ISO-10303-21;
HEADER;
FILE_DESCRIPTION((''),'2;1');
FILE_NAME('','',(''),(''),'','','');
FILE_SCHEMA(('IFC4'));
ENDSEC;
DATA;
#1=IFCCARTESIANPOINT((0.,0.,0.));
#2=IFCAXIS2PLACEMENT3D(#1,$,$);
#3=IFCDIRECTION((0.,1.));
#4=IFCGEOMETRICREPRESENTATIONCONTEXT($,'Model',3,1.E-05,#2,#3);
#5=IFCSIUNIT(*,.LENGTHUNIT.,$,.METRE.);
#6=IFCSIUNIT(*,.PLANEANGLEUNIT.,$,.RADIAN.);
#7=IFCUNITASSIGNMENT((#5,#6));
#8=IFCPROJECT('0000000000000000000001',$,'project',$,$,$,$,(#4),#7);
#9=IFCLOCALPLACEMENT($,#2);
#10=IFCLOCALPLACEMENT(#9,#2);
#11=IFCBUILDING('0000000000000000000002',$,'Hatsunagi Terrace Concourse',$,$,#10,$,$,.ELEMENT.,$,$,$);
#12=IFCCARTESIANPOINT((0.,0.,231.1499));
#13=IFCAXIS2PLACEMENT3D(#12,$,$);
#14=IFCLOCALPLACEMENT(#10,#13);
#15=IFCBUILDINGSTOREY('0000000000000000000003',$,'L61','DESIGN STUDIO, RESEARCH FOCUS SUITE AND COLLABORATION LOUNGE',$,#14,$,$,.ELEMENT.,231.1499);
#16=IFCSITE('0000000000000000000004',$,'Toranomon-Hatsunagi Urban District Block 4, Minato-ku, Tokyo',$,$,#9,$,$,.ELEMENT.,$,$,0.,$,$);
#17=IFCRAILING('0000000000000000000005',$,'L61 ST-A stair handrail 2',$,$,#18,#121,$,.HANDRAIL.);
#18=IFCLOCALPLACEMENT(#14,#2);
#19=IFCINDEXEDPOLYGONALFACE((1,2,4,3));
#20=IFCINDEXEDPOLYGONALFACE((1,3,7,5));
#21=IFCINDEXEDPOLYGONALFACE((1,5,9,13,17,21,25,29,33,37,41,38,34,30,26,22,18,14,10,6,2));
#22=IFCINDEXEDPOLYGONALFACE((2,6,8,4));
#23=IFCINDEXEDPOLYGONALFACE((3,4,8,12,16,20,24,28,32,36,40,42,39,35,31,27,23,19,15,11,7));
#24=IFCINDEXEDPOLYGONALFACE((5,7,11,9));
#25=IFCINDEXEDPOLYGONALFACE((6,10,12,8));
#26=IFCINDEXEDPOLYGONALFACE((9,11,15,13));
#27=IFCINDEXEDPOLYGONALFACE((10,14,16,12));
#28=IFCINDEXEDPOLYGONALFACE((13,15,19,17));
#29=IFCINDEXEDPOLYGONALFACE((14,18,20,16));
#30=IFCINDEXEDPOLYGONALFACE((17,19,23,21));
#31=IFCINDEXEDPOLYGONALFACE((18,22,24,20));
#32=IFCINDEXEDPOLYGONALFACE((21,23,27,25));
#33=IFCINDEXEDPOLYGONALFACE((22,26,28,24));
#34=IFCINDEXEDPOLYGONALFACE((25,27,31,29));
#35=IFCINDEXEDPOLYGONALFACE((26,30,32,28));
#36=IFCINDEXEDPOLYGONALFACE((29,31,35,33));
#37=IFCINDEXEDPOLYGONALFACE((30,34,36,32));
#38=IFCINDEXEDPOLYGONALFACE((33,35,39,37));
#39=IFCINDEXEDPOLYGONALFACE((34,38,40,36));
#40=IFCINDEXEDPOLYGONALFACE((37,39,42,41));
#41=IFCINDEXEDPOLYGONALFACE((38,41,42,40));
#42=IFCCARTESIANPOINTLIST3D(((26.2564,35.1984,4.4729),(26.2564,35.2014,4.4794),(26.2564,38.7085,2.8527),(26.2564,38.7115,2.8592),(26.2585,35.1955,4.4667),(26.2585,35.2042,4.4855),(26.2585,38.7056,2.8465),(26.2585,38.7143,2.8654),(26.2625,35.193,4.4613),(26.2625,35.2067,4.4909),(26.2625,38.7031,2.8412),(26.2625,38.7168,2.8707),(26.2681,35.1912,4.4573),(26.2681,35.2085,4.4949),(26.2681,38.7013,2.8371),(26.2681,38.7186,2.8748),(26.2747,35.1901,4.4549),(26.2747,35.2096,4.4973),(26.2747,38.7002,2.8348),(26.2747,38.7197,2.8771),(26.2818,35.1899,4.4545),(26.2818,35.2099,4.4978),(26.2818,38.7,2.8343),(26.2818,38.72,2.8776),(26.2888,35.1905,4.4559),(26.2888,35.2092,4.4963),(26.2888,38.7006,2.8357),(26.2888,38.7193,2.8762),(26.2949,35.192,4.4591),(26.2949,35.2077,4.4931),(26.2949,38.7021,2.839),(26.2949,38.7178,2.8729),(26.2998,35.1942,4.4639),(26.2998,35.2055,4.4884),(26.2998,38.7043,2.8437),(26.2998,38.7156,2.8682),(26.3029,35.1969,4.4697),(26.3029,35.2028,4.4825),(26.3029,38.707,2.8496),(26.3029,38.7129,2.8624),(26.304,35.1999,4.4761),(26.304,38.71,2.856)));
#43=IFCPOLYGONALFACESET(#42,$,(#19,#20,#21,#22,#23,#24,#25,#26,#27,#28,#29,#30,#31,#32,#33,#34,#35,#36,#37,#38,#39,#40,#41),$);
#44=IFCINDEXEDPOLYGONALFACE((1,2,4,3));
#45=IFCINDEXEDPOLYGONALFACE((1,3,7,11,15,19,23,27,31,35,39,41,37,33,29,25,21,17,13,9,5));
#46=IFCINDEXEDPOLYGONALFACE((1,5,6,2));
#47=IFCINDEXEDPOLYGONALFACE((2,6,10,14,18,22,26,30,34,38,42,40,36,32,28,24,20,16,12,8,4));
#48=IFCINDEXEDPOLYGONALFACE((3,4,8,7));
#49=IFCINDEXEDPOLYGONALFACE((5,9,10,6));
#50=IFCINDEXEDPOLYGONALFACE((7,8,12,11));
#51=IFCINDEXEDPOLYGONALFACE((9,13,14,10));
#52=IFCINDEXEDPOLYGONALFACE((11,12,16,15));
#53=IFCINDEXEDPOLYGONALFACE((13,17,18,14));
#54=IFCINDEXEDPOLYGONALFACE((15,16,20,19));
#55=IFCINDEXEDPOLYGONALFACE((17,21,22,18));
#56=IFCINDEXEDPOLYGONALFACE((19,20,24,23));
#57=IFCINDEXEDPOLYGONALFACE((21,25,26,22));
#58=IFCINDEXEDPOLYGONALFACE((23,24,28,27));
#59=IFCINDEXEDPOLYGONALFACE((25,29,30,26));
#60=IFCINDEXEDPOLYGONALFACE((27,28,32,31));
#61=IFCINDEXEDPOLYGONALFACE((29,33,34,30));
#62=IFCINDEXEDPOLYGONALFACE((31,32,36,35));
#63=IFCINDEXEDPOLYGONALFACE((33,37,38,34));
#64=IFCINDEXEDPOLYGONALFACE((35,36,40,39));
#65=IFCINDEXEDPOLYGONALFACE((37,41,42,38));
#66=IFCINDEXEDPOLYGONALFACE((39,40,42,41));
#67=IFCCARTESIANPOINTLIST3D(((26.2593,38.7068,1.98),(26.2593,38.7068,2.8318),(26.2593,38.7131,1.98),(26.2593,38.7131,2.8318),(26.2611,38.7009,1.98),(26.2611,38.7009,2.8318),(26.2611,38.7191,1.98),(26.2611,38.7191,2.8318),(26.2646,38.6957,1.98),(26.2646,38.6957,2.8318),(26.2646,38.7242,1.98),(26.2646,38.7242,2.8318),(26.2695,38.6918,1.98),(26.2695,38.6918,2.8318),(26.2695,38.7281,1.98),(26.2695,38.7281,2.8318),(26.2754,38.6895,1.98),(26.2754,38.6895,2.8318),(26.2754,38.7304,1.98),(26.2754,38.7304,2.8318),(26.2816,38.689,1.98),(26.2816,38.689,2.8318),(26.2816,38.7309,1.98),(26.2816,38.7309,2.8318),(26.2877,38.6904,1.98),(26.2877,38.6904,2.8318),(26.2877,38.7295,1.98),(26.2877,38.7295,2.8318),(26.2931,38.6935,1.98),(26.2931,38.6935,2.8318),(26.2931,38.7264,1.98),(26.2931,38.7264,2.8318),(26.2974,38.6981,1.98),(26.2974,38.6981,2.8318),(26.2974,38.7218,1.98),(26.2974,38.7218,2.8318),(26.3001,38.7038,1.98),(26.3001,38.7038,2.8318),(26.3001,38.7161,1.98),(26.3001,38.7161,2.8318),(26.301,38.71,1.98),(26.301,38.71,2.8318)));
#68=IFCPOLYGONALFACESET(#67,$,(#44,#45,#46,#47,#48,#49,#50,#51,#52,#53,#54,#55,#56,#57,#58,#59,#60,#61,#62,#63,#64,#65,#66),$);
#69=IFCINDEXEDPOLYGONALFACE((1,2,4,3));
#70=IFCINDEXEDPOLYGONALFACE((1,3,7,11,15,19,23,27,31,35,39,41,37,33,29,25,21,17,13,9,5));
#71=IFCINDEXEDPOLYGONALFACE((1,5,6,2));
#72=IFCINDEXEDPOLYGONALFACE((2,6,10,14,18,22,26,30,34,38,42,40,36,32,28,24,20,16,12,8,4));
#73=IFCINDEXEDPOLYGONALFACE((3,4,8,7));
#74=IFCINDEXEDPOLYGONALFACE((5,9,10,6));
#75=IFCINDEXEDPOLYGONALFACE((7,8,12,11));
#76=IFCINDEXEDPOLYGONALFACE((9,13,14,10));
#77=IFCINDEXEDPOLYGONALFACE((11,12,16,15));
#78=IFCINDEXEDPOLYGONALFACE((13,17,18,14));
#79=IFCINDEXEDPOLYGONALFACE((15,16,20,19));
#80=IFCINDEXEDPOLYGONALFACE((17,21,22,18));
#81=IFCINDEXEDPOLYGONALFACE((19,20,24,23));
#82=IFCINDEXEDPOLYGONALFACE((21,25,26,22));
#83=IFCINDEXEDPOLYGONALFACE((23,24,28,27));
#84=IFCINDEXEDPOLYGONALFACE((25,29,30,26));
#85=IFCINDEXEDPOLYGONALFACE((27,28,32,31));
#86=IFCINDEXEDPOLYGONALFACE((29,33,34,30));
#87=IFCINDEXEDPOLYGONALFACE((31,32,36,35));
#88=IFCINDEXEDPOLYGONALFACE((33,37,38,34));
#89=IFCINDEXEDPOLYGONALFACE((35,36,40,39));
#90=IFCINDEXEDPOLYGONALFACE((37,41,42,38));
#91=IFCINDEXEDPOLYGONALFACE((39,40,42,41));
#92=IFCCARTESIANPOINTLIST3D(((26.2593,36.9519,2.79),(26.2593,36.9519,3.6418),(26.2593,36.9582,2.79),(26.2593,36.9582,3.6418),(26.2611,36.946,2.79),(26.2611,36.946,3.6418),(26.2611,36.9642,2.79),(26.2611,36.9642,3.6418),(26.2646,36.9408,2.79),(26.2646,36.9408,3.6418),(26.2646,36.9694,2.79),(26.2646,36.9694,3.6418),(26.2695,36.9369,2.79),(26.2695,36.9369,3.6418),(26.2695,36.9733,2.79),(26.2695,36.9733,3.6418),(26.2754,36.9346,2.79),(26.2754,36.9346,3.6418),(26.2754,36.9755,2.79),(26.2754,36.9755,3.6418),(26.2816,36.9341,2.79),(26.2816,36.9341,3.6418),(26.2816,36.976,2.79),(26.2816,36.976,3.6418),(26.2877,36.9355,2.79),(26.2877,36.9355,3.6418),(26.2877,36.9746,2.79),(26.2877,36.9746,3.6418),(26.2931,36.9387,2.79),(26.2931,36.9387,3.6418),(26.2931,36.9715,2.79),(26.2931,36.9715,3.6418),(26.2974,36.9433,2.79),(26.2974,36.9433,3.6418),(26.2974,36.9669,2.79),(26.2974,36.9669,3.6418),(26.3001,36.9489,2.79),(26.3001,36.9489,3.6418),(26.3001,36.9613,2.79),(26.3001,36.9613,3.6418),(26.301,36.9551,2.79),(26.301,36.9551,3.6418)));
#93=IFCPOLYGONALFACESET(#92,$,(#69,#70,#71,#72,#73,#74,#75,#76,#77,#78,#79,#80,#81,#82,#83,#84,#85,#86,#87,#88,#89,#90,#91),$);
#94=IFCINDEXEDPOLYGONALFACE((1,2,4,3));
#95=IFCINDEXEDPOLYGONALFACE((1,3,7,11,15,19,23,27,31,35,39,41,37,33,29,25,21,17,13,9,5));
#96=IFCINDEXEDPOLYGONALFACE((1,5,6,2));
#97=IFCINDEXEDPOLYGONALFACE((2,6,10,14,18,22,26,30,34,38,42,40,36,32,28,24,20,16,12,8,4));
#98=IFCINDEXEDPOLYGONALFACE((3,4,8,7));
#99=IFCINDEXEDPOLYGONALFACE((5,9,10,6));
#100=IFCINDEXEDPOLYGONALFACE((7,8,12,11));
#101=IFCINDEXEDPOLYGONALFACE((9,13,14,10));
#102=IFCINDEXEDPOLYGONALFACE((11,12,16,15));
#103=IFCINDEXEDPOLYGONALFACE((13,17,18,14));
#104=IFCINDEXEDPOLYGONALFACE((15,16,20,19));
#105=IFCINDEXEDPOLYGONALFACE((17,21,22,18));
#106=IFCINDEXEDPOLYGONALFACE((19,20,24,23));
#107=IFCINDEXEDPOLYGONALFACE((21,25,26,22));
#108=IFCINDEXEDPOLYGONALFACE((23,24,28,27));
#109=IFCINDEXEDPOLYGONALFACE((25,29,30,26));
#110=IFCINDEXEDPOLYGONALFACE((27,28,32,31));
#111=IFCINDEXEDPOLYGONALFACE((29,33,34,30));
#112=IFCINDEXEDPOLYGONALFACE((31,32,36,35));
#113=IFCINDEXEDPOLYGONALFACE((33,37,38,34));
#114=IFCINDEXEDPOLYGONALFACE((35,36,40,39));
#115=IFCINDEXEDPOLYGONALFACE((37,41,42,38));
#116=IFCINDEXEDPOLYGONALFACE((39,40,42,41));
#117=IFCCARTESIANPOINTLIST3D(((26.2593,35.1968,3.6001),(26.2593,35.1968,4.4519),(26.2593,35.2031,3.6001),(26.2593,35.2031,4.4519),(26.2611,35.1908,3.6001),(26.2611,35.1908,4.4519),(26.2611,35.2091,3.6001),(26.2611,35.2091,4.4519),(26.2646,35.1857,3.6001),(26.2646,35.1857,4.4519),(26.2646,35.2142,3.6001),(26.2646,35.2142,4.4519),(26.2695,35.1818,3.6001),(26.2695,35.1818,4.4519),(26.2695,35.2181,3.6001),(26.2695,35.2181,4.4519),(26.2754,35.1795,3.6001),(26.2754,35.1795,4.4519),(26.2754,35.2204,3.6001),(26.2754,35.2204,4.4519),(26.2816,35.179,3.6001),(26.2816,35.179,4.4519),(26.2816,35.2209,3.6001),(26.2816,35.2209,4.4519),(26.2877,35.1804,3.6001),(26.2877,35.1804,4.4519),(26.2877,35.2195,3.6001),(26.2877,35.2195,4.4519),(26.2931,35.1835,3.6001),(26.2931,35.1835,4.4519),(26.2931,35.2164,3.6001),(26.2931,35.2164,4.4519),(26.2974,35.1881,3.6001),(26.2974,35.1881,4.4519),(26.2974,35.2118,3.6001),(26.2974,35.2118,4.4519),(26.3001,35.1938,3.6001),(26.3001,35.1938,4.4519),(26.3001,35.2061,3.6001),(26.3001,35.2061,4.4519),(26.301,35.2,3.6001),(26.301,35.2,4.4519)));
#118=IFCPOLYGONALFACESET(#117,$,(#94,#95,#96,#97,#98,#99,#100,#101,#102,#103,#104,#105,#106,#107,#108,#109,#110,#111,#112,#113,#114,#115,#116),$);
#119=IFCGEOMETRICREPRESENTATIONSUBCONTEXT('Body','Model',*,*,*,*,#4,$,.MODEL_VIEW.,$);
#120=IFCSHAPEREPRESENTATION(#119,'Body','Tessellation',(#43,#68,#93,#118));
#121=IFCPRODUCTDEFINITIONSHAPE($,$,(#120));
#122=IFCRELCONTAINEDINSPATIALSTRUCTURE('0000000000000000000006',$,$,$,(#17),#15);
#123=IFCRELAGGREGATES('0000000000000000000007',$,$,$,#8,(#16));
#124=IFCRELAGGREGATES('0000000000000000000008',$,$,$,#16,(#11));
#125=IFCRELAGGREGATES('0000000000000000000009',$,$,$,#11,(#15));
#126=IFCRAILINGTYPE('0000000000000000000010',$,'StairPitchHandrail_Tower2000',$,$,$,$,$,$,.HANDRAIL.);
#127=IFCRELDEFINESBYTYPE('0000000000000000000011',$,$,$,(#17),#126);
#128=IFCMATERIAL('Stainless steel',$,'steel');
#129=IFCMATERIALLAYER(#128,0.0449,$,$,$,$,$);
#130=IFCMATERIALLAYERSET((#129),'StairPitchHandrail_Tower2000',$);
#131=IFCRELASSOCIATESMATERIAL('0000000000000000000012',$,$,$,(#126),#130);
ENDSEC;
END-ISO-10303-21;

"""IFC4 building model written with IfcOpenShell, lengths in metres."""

from ifc_helpers import new_model, si_unit, direction, frame, origin, origin_2d, place, context, subcontext, project, spatial, circle, extrude, material, layer, layer_set, type_object, element, save


model = new_model("IFC4")

# Units and contexts
model_context = context("Model", 3, precision=1e-05, world=origin(), true_north=direction((0.0, 1.0)))
body_context = subcontext(model_context, "Body", "Model", "MODEL_VIEW")
ifc_project = project(units=[si_unit("LENGTHUNIT", "METRE"), si_unit("PLANEANGLEUNIT", "RADIAN")], contexts=[model_context])

# Site, building, storey
site_placement = place(None, origin())
site = spatial("IfcSite", under=ifc_project, at=site_placement, Name="Toranomon-Hatsunagi Urban District Block 4, Minato-ku, Tokyo", CompositionType="ELEMENT", RefElevation=0.0)
building_placement = place(site_placement, origin())
building = spatial("IfcBuilding", under=site, at=building_placement, Name="Hatsunagi Terrace Concourse", CompositionType="ELEMENT")
storey_placement = place(building_placement, frame((0.0, 0.0, 231.1499)))
storey = spatial("IfcBuildingStorey", under=building, at=storey_placement, Name="L61", Description="DESIGN STUDIO, RESEARCH FOCUS SUITE AND COLLABORATION LOUNGE", CompositionType="ELEMENT", Elevation=231.1499)

# Railing
ifc_material_1 = material(Name="Stainless steel", Category="steel")
ifc_layer_1 = layer(ifc_material_1, 0.0449)
ifc_layer_set_1 = layer_set([ifc_layer_1], Name="StairPitchHandrail_Tower2000")
railing_type_1 = type_object("IfcRailingType", Name="StairPitchHandrail_Tower2000", PredefinedType="HANDRAIL", material=ifc_layer_set_1)
railing_1_placement = place(storey_placement, frame((26.28, 38.71, 1.98)))
element("IfcRailing", 1, at=railing_1_placement, inside=storey, type_object=railing_type_1, Name="L61 ST-A stair handrail 2", PredefinedType="HANDRAIL", context=body_context, shape_type="SweptSolid", body=[
    extrude(circle(Radius=0.0239, at=origin_2d()), frame((0.0, 0.0, 0.876), z_axis=(0.0, -0.907948, 0.419082), x_axis=(1.0, 0.0, 0.0)), (0.0, 0.0, 1.0), 3.866),
    extrude(circle(Radius=0.021, at=origin_2d()), origin(), (0.0, 0.0, 1.0), 0.8518),
    extrude(circle(Radius=0.021, at=origin_2d()), frame((0.0, -1.7549, 0.8101)), (0.0, 0.0, 1.0), 0.8518),
    extrude(circle(Radius=0.021, at=origin_2d()), frame((0.0, -3.51, 1.6201)), (0.0, 0.0, 1.0), 0.8518),
])

save(model, "model.ifc")
